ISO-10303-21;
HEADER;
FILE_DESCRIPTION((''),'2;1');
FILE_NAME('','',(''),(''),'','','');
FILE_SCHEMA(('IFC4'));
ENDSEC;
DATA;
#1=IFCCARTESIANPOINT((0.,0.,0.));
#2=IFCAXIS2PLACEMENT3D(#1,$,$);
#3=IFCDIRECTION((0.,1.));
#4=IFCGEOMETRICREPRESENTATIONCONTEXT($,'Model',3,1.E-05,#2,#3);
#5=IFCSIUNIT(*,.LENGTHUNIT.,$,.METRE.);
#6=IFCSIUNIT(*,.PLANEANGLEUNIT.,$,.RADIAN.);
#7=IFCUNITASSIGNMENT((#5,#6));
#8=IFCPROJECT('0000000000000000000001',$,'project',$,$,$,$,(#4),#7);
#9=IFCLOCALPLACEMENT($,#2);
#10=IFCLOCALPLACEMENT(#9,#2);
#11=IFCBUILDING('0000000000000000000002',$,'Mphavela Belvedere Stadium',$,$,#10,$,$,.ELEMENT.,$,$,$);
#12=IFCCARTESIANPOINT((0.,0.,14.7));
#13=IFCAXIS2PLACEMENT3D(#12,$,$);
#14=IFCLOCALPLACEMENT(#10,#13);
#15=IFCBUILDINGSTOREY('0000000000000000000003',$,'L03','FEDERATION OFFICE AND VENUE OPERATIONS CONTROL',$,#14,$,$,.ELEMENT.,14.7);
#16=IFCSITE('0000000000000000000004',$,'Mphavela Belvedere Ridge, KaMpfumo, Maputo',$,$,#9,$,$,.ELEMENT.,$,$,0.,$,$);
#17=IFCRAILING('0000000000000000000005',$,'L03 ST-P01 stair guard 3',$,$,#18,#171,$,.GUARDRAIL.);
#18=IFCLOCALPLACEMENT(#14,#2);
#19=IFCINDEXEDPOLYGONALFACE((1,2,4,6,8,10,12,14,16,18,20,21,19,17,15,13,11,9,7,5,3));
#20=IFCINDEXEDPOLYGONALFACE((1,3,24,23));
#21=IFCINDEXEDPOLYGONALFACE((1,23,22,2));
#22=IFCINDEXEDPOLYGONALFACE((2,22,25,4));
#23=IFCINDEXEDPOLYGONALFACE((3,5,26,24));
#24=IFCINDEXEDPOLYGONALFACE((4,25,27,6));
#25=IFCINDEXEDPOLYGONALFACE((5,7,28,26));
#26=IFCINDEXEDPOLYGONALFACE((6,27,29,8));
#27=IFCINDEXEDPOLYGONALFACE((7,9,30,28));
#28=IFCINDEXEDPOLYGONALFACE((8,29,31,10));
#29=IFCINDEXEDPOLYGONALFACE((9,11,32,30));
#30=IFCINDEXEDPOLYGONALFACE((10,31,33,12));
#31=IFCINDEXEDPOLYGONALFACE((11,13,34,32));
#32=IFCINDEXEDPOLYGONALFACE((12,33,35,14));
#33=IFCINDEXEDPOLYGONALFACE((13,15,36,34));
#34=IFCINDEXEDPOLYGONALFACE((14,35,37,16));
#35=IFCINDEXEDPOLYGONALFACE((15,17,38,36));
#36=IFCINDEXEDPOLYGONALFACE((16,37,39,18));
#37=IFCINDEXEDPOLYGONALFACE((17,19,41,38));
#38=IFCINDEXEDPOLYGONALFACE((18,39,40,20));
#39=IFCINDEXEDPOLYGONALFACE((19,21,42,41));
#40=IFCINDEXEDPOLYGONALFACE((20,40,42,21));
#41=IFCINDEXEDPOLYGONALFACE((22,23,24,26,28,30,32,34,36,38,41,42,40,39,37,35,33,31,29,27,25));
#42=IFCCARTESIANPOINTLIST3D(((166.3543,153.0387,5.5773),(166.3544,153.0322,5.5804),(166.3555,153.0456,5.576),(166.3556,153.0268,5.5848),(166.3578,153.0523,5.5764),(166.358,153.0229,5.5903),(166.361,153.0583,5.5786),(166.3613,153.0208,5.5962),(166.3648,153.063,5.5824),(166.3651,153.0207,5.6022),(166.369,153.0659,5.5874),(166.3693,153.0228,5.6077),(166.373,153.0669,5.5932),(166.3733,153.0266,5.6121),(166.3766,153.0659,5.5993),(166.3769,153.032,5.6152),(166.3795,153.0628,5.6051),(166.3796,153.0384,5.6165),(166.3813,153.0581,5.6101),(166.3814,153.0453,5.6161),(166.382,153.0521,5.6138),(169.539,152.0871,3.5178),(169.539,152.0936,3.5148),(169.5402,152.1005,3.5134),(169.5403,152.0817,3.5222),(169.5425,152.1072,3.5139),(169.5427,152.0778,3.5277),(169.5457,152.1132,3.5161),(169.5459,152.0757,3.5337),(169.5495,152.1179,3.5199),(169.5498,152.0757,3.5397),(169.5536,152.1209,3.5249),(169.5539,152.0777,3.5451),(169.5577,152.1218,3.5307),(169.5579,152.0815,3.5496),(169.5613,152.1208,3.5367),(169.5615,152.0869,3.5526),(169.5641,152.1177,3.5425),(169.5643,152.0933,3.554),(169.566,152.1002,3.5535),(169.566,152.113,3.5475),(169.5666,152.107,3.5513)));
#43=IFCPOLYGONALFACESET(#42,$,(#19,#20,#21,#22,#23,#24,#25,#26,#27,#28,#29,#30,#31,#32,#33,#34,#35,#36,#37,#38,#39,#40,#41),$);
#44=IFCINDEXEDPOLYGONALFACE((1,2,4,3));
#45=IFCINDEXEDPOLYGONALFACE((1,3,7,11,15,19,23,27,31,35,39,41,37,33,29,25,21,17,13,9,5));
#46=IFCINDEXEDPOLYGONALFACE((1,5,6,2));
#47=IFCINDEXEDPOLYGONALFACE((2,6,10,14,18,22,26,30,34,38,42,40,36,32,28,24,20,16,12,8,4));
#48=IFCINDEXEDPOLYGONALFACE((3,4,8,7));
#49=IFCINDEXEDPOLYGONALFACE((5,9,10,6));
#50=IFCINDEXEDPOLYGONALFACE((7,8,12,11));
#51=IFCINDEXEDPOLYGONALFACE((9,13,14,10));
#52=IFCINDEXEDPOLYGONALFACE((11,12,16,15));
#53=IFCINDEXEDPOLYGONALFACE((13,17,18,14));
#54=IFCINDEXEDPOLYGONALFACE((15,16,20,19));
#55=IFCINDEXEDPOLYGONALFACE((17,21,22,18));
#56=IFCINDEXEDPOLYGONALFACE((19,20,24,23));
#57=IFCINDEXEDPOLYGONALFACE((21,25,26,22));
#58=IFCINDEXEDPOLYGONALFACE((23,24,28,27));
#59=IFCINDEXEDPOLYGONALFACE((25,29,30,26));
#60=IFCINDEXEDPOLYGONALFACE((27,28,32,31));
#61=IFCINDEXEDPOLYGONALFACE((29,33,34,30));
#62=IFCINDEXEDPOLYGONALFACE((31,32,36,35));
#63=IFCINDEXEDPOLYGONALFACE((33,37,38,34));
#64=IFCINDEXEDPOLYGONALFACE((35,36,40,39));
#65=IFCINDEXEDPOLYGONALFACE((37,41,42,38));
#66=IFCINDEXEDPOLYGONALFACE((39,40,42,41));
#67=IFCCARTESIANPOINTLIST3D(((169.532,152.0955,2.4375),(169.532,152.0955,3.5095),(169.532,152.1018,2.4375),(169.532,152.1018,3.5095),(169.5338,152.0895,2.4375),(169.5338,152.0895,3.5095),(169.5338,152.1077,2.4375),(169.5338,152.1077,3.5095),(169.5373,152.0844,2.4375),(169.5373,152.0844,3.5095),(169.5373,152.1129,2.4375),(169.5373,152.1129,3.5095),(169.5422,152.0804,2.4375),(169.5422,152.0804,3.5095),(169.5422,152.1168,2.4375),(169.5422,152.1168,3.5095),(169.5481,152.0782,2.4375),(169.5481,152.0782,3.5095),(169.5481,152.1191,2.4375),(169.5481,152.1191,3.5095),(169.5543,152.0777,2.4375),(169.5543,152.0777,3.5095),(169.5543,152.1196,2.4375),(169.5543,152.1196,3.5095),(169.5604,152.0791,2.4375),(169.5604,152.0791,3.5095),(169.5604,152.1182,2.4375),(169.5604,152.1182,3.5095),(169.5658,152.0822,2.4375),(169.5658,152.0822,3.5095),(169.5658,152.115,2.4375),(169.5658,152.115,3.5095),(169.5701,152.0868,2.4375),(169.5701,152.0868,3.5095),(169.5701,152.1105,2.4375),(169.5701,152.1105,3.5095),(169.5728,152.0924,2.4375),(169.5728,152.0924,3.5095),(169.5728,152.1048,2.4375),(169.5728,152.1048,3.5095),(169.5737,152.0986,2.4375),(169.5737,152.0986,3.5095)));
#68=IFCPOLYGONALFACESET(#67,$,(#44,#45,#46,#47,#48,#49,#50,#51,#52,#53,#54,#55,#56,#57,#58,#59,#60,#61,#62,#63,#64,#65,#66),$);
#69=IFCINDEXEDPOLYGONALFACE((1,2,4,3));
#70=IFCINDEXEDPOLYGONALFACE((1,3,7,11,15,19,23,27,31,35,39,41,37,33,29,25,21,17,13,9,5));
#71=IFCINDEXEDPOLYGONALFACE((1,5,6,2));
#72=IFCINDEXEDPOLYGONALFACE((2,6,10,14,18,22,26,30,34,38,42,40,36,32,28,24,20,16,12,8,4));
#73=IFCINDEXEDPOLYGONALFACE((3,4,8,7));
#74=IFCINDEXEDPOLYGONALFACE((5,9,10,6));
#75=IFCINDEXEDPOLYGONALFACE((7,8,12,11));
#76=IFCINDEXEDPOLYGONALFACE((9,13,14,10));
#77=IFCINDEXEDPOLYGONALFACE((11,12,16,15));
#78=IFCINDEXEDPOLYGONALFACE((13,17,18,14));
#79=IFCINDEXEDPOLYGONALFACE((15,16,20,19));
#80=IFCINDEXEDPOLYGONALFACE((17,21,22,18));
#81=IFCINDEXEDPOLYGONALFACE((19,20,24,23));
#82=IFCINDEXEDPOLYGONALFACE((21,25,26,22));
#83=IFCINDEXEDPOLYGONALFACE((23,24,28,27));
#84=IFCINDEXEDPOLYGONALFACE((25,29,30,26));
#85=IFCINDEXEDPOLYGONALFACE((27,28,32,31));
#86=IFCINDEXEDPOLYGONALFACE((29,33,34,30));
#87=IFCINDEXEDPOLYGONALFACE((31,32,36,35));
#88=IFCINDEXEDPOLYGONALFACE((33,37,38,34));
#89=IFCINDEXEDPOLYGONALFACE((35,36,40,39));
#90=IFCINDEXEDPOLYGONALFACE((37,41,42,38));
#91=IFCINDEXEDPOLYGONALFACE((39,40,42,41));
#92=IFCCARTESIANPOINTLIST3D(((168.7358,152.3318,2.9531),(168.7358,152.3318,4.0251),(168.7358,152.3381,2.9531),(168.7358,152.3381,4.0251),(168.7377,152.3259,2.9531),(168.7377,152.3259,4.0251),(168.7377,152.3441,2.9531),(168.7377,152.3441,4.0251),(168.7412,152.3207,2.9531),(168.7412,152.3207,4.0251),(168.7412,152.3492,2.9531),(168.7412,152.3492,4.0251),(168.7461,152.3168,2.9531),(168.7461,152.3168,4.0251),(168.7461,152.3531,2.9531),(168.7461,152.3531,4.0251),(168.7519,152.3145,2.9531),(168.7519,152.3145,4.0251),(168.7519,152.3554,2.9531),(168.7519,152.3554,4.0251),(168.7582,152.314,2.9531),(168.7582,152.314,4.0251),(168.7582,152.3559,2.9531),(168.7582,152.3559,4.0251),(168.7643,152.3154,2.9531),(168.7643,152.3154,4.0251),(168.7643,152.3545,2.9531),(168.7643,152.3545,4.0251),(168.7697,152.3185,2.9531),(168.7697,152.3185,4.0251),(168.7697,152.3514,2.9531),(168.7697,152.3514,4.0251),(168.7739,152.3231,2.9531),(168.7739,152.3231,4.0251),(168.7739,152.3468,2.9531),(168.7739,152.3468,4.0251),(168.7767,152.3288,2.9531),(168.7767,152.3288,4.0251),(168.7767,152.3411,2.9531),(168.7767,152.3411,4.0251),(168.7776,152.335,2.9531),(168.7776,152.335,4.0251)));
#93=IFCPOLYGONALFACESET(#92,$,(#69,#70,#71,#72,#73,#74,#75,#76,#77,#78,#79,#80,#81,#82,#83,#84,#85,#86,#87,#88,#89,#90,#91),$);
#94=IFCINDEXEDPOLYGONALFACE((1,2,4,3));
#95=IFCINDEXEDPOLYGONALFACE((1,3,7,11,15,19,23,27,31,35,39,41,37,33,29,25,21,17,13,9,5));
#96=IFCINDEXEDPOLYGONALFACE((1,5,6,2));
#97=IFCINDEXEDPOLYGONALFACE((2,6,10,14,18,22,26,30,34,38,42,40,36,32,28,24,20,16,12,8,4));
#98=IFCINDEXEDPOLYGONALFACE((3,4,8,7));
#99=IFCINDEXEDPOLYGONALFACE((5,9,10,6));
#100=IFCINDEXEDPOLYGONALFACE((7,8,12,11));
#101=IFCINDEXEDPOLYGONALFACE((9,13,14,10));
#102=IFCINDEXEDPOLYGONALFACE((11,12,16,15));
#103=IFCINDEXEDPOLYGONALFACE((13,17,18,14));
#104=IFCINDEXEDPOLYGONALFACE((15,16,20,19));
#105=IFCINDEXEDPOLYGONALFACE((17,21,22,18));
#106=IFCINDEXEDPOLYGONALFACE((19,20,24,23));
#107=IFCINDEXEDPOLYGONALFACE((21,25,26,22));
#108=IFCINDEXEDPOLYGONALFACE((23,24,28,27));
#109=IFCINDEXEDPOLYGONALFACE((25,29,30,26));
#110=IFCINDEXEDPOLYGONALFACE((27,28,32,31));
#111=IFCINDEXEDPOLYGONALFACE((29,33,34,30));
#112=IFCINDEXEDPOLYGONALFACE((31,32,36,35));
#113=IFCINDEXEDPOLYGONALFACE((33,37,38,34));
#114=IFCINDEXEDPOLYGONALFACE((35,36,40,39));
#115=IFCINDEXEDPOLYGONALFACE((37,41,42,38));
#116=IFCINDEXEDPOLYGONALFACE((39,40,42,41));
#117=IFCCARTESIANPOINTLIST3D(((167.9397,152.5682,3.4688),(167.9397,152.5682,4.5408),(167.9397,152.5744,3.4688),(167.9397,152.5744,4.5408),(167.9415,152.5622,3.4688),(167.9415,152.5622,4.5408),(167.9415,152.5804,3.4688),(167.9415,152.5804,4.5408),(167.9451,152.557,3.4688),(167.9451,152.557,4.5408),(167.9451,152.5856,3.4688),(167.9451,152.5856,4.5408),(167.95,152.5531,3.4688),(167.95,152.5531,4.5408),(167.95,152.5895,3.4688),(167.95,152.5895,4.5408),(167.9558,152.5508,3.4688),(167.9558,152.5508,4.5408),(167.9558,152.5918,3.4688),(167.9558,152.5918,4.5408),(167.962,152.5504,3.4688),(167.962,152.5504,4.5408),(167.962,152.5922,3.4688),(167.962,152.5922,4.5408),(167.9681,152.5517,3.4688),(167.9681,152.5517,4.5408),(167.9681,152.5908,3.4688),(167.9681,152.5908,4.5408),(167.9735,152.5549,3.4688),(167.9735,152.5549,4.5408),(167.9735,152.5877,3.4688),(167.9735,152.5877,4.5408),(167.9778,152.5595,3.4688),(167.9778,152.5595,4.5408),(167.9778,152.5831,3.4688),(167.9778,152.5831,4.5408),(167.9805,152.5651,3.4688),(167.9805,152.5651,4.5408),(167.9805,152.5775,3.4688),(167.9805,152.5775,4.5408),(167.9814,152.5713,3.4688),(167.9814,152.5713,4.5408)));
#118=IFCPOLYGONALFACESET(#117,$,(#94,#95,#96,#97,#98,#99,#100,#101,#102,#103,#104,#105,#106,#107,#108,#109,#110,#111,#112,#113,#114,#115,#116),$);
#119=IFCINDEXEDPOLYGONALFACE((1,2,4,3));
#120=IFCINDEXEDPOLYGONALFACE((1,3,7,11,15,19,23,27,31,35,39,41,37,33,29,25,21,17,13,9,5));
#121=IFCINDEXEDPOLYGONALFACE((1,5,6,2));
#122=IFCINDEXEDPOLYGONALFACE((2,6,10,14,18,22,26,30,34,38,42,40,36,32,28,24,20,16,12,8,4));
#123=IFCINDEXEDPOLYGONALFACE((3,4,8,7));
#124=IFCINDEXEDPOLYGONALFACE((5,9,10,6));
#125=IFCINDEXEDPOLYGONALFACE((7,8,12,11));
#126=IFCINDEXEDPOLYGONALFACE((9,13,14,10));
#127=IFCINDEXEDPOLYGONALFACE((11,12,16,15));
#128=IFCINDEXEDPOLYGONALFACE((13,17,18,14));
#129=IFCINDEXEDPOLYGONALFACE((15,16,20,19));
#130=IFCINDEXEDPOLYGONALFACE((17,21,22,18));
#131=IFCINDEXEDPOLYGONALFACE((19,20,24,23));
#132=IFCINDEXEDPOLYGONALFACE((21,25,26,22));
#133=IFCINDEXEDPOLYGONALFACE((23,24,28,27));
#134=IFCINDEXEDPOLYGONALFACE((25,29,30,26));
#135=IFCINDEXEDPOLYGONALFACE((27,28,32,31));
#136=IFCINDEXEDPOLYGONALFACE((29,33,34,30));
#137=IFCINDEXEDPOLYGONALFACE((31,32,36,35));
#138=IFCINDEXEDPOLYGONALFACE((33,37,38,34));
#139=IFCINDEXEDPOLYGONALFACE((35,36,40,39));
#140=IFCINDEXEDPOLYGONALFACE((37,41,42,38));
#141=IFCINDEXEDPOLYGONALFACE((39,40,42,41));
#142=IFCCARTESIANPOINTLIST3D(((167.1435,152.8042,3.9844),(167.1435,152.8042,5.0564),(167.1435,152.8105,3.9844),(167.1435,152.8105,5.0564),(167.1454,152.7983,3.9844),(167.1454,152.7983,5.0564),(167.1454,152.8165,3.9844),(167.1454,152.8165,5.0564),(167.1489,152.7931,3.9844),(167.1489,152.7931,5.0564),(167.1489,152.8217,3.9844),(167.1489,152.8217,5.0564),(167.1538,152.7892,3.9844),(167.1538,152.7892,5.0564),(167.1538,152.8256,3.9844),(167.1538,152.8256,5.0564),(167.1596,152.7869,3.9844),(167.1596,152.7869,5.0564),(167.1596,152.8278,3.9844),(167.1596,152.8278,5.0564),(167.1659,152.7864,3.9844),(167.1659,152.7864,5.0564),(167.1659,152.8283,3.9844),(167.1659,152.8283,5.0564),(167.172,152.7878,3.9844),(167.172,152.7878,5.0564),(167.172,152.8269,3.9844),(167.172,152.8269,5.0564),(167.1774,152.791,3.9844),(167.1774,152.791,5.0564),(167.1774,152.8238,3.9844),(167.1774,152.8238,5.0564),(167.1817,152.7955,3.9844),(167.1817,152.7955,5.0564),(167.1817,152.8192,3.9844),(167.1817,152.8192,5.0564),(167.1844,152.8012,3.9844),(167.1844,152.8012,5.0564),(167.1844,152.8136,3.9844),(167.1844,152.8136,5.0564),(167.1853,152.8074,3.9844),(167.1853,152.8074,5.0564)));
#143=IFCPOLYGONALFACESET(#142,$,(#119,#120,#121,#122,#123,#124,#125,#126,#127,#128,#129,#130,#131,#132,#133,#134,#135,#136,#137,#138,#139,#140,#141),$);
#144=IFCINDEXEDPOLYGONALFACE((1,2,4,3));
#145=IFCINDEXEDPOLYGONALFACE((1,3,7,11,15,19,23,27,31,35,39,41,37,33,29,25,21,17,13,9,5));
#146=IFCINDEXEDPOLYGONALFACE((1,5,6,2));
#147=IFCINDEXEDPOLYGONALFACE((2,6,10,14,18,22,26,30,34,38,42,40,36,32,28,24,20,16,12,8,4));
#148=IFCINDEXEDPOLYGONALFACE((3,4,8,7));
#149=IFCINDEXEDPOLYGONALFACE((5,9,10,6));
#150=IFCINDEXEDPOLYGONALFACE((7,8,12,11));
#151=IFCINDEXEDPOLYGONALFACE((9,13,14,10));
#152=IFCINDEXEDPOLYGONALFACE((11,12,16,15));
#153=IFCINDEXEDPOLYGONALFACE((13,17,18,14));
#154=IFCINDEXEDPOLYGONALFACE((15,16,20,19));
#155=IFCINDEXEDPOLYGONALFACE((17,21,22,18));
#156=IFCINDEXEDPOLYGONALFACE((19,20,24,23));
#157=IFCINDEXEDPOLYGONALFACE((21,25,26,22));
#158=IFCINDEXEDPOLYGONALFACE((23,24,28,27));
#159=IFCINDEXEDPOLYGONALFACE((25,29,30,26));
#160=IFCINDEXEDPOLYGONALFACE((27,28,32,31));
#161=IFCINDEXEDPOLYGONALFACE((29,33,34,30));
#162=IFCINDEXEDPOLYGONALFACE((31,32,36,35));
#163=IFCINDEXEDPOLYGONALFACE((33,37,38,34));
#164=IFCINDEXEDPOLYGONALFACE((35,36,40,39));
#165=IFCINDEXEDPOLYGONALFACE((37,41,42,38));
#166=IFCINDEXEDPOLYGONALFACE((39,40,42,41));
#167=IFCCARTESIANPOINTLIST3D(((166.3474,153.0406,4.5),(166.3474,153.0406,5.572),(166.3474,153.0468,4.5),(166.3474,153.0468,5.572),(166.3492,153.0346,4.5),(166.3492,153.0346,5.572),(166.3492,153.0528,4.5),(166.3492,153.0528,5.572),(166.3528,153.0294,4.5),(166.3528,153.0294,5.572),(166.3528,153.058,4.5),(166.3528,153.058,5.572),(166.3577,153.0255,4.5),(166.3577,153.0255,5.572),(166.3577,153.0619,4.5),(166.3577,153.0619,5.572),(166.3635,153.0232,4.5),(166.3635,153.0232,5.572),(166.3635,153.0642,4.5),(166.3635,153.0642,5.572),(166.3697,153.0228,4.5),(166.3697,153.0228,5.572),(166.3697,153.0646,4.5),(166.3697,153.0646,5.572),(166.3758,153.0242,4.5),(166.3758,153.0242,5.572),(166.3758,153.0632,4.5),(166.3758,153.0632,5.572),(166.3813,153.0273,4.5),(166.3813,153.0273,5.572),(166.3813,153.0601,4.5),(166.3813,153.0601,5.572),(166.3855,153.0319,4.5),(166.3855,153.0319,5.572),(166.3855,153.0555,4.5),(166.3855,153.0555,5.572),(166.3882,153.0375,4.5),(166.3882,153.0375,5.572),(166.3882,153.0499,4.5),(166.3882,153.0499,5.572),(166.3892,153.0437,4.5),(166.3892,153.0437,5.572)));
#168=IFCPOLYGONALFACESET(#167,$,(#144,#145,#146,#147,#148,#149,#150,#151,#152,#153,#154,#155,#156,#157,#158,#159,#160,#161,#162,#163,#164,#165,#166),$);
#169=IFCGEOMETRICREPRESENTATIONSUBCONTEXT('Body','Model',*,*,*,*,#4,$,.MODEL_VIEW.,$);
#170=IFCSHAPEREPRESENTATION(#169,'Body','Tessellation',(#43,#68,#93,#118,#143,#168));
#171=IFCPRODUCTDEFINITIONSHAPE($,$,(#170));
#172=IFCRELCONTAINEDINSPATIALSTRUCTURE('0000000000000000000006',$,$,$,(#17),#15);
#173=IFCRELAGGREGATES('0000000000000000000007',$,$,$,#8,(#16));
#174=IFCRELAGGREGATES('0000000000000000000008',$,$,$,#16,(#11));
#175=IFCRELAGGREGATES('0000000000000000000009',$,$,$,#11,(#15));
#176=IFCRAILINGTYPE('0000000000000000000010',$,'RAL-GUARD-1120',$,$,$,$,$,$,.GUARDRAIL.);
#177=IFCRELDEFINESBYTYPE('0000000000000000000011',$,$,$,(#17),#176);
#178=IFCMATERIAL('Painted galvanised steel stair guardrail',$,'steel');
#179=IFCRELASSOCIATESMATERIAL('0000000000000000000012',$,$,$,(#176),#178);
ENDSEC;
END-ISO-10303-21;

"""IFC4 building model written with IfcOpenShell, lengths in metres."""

from ifc_helpers import new_model, si_unit, direction, frame, origin, origin_2d, place, context, subcontext, project, spatial, circle, extrude, material, type_object, element, save


model = new_model("IFC4")

# Units and contexts
model_context = context("Model", 3, precision=1e-05, world=origin(), true_north=direction((0.0, 1.0)))
body_context = subcontext(model_context, "Body", "Model", "MODEL_VIEW")
ifc_project = project(units=[si_unit("LENGTHUNIT", "METRE"), si_unit("PLANEANGLEUNIT", "RADIAN")], contexts=[model_context])

# Site, building, storey
site_placement = place(None, origin())
site = spatial("IfcSite", under=ifc_project, at=site_placement, Name="Mphavela Belvedere Ridge, KaMpfumo, Maputo", CompositionType="ELEMENT", RefElevation=0.0)
building_placement = place(site_placement, origin())
building = spatial("IfcBuilding", under=site, at=building_placement, Name="Mphavela Belvedere Stadium", CompositionType="ELEMENT")
storey_placement = place(building_placement, frame((0.0, 0.0, 14.7)))
storey = spatial("IfcBuildingStorey", under=building, at=storey_placement, Name="L03", Description="FEDERATION OFFICE AND VENUE OPERATIONS CONTROL", CompositionType="ELEMENT", Elevation=14.7)

# Railing
ifc_material_1 = material(Name="Painted galvanised steel stair guardrail", Category="steel")
railing_type_1 = type_object("IfcRailingType", Name="RAL-GUARD-1120", PredefinedType="GUARDRAIL", material=ifc_material_1)
railing_1_placement = place(storey_placement, frame((169.5527, 152.0986, 2.4375)))
element("IfcRailing", 1, at=railing_1_placement, inside=storey, type_object=railing_type_1, Name="L03 ST-P01 stair guard 3", PredefinedType="GUARDRAIL", context=body_context, shape_type="SweptSolid", body=[
    extrude(circle(Radius=0.0239, at=origin_2d()), frame((0.0, 0.0, 1.0962), z_axis=(-0.814456, 0.241702, 0.527486), x_axis=(-0.284501, -0.958676, 0.0)), (0.0, 0.0, 1.0), 3.9102),
    extrude(circle(Radius=0.021, at=origin_2d()), origin(), (0.0, 0.0, 1.0), 1.072),
    extrude(circle(Radius=0.021, at=origin_2d()), frame((-0.7961, 0.2363, 0.5156)), (0.0, 0.0, 1.0), 1.072),
    extrude(circle(Radius=0.021, at=origin_2d()), frame((-1.5923, 0.4727, 1.0312)), (0.0, 0.0, 1.0), 1.072),
    extrude(circle(Radius=0.021, at=origin_2d()), frame((-2.3884, 0.7087, 1.5469)), (0.0, 0.0, 1.0), 1.072),
    extrude(circle(Radius=0.021, at=origin_2d()), frame((-3.1846, 0.9451, 2.0625)), (0.0, 0.0, 1.0), 1.072),
])

save(model, "model.ifc")
